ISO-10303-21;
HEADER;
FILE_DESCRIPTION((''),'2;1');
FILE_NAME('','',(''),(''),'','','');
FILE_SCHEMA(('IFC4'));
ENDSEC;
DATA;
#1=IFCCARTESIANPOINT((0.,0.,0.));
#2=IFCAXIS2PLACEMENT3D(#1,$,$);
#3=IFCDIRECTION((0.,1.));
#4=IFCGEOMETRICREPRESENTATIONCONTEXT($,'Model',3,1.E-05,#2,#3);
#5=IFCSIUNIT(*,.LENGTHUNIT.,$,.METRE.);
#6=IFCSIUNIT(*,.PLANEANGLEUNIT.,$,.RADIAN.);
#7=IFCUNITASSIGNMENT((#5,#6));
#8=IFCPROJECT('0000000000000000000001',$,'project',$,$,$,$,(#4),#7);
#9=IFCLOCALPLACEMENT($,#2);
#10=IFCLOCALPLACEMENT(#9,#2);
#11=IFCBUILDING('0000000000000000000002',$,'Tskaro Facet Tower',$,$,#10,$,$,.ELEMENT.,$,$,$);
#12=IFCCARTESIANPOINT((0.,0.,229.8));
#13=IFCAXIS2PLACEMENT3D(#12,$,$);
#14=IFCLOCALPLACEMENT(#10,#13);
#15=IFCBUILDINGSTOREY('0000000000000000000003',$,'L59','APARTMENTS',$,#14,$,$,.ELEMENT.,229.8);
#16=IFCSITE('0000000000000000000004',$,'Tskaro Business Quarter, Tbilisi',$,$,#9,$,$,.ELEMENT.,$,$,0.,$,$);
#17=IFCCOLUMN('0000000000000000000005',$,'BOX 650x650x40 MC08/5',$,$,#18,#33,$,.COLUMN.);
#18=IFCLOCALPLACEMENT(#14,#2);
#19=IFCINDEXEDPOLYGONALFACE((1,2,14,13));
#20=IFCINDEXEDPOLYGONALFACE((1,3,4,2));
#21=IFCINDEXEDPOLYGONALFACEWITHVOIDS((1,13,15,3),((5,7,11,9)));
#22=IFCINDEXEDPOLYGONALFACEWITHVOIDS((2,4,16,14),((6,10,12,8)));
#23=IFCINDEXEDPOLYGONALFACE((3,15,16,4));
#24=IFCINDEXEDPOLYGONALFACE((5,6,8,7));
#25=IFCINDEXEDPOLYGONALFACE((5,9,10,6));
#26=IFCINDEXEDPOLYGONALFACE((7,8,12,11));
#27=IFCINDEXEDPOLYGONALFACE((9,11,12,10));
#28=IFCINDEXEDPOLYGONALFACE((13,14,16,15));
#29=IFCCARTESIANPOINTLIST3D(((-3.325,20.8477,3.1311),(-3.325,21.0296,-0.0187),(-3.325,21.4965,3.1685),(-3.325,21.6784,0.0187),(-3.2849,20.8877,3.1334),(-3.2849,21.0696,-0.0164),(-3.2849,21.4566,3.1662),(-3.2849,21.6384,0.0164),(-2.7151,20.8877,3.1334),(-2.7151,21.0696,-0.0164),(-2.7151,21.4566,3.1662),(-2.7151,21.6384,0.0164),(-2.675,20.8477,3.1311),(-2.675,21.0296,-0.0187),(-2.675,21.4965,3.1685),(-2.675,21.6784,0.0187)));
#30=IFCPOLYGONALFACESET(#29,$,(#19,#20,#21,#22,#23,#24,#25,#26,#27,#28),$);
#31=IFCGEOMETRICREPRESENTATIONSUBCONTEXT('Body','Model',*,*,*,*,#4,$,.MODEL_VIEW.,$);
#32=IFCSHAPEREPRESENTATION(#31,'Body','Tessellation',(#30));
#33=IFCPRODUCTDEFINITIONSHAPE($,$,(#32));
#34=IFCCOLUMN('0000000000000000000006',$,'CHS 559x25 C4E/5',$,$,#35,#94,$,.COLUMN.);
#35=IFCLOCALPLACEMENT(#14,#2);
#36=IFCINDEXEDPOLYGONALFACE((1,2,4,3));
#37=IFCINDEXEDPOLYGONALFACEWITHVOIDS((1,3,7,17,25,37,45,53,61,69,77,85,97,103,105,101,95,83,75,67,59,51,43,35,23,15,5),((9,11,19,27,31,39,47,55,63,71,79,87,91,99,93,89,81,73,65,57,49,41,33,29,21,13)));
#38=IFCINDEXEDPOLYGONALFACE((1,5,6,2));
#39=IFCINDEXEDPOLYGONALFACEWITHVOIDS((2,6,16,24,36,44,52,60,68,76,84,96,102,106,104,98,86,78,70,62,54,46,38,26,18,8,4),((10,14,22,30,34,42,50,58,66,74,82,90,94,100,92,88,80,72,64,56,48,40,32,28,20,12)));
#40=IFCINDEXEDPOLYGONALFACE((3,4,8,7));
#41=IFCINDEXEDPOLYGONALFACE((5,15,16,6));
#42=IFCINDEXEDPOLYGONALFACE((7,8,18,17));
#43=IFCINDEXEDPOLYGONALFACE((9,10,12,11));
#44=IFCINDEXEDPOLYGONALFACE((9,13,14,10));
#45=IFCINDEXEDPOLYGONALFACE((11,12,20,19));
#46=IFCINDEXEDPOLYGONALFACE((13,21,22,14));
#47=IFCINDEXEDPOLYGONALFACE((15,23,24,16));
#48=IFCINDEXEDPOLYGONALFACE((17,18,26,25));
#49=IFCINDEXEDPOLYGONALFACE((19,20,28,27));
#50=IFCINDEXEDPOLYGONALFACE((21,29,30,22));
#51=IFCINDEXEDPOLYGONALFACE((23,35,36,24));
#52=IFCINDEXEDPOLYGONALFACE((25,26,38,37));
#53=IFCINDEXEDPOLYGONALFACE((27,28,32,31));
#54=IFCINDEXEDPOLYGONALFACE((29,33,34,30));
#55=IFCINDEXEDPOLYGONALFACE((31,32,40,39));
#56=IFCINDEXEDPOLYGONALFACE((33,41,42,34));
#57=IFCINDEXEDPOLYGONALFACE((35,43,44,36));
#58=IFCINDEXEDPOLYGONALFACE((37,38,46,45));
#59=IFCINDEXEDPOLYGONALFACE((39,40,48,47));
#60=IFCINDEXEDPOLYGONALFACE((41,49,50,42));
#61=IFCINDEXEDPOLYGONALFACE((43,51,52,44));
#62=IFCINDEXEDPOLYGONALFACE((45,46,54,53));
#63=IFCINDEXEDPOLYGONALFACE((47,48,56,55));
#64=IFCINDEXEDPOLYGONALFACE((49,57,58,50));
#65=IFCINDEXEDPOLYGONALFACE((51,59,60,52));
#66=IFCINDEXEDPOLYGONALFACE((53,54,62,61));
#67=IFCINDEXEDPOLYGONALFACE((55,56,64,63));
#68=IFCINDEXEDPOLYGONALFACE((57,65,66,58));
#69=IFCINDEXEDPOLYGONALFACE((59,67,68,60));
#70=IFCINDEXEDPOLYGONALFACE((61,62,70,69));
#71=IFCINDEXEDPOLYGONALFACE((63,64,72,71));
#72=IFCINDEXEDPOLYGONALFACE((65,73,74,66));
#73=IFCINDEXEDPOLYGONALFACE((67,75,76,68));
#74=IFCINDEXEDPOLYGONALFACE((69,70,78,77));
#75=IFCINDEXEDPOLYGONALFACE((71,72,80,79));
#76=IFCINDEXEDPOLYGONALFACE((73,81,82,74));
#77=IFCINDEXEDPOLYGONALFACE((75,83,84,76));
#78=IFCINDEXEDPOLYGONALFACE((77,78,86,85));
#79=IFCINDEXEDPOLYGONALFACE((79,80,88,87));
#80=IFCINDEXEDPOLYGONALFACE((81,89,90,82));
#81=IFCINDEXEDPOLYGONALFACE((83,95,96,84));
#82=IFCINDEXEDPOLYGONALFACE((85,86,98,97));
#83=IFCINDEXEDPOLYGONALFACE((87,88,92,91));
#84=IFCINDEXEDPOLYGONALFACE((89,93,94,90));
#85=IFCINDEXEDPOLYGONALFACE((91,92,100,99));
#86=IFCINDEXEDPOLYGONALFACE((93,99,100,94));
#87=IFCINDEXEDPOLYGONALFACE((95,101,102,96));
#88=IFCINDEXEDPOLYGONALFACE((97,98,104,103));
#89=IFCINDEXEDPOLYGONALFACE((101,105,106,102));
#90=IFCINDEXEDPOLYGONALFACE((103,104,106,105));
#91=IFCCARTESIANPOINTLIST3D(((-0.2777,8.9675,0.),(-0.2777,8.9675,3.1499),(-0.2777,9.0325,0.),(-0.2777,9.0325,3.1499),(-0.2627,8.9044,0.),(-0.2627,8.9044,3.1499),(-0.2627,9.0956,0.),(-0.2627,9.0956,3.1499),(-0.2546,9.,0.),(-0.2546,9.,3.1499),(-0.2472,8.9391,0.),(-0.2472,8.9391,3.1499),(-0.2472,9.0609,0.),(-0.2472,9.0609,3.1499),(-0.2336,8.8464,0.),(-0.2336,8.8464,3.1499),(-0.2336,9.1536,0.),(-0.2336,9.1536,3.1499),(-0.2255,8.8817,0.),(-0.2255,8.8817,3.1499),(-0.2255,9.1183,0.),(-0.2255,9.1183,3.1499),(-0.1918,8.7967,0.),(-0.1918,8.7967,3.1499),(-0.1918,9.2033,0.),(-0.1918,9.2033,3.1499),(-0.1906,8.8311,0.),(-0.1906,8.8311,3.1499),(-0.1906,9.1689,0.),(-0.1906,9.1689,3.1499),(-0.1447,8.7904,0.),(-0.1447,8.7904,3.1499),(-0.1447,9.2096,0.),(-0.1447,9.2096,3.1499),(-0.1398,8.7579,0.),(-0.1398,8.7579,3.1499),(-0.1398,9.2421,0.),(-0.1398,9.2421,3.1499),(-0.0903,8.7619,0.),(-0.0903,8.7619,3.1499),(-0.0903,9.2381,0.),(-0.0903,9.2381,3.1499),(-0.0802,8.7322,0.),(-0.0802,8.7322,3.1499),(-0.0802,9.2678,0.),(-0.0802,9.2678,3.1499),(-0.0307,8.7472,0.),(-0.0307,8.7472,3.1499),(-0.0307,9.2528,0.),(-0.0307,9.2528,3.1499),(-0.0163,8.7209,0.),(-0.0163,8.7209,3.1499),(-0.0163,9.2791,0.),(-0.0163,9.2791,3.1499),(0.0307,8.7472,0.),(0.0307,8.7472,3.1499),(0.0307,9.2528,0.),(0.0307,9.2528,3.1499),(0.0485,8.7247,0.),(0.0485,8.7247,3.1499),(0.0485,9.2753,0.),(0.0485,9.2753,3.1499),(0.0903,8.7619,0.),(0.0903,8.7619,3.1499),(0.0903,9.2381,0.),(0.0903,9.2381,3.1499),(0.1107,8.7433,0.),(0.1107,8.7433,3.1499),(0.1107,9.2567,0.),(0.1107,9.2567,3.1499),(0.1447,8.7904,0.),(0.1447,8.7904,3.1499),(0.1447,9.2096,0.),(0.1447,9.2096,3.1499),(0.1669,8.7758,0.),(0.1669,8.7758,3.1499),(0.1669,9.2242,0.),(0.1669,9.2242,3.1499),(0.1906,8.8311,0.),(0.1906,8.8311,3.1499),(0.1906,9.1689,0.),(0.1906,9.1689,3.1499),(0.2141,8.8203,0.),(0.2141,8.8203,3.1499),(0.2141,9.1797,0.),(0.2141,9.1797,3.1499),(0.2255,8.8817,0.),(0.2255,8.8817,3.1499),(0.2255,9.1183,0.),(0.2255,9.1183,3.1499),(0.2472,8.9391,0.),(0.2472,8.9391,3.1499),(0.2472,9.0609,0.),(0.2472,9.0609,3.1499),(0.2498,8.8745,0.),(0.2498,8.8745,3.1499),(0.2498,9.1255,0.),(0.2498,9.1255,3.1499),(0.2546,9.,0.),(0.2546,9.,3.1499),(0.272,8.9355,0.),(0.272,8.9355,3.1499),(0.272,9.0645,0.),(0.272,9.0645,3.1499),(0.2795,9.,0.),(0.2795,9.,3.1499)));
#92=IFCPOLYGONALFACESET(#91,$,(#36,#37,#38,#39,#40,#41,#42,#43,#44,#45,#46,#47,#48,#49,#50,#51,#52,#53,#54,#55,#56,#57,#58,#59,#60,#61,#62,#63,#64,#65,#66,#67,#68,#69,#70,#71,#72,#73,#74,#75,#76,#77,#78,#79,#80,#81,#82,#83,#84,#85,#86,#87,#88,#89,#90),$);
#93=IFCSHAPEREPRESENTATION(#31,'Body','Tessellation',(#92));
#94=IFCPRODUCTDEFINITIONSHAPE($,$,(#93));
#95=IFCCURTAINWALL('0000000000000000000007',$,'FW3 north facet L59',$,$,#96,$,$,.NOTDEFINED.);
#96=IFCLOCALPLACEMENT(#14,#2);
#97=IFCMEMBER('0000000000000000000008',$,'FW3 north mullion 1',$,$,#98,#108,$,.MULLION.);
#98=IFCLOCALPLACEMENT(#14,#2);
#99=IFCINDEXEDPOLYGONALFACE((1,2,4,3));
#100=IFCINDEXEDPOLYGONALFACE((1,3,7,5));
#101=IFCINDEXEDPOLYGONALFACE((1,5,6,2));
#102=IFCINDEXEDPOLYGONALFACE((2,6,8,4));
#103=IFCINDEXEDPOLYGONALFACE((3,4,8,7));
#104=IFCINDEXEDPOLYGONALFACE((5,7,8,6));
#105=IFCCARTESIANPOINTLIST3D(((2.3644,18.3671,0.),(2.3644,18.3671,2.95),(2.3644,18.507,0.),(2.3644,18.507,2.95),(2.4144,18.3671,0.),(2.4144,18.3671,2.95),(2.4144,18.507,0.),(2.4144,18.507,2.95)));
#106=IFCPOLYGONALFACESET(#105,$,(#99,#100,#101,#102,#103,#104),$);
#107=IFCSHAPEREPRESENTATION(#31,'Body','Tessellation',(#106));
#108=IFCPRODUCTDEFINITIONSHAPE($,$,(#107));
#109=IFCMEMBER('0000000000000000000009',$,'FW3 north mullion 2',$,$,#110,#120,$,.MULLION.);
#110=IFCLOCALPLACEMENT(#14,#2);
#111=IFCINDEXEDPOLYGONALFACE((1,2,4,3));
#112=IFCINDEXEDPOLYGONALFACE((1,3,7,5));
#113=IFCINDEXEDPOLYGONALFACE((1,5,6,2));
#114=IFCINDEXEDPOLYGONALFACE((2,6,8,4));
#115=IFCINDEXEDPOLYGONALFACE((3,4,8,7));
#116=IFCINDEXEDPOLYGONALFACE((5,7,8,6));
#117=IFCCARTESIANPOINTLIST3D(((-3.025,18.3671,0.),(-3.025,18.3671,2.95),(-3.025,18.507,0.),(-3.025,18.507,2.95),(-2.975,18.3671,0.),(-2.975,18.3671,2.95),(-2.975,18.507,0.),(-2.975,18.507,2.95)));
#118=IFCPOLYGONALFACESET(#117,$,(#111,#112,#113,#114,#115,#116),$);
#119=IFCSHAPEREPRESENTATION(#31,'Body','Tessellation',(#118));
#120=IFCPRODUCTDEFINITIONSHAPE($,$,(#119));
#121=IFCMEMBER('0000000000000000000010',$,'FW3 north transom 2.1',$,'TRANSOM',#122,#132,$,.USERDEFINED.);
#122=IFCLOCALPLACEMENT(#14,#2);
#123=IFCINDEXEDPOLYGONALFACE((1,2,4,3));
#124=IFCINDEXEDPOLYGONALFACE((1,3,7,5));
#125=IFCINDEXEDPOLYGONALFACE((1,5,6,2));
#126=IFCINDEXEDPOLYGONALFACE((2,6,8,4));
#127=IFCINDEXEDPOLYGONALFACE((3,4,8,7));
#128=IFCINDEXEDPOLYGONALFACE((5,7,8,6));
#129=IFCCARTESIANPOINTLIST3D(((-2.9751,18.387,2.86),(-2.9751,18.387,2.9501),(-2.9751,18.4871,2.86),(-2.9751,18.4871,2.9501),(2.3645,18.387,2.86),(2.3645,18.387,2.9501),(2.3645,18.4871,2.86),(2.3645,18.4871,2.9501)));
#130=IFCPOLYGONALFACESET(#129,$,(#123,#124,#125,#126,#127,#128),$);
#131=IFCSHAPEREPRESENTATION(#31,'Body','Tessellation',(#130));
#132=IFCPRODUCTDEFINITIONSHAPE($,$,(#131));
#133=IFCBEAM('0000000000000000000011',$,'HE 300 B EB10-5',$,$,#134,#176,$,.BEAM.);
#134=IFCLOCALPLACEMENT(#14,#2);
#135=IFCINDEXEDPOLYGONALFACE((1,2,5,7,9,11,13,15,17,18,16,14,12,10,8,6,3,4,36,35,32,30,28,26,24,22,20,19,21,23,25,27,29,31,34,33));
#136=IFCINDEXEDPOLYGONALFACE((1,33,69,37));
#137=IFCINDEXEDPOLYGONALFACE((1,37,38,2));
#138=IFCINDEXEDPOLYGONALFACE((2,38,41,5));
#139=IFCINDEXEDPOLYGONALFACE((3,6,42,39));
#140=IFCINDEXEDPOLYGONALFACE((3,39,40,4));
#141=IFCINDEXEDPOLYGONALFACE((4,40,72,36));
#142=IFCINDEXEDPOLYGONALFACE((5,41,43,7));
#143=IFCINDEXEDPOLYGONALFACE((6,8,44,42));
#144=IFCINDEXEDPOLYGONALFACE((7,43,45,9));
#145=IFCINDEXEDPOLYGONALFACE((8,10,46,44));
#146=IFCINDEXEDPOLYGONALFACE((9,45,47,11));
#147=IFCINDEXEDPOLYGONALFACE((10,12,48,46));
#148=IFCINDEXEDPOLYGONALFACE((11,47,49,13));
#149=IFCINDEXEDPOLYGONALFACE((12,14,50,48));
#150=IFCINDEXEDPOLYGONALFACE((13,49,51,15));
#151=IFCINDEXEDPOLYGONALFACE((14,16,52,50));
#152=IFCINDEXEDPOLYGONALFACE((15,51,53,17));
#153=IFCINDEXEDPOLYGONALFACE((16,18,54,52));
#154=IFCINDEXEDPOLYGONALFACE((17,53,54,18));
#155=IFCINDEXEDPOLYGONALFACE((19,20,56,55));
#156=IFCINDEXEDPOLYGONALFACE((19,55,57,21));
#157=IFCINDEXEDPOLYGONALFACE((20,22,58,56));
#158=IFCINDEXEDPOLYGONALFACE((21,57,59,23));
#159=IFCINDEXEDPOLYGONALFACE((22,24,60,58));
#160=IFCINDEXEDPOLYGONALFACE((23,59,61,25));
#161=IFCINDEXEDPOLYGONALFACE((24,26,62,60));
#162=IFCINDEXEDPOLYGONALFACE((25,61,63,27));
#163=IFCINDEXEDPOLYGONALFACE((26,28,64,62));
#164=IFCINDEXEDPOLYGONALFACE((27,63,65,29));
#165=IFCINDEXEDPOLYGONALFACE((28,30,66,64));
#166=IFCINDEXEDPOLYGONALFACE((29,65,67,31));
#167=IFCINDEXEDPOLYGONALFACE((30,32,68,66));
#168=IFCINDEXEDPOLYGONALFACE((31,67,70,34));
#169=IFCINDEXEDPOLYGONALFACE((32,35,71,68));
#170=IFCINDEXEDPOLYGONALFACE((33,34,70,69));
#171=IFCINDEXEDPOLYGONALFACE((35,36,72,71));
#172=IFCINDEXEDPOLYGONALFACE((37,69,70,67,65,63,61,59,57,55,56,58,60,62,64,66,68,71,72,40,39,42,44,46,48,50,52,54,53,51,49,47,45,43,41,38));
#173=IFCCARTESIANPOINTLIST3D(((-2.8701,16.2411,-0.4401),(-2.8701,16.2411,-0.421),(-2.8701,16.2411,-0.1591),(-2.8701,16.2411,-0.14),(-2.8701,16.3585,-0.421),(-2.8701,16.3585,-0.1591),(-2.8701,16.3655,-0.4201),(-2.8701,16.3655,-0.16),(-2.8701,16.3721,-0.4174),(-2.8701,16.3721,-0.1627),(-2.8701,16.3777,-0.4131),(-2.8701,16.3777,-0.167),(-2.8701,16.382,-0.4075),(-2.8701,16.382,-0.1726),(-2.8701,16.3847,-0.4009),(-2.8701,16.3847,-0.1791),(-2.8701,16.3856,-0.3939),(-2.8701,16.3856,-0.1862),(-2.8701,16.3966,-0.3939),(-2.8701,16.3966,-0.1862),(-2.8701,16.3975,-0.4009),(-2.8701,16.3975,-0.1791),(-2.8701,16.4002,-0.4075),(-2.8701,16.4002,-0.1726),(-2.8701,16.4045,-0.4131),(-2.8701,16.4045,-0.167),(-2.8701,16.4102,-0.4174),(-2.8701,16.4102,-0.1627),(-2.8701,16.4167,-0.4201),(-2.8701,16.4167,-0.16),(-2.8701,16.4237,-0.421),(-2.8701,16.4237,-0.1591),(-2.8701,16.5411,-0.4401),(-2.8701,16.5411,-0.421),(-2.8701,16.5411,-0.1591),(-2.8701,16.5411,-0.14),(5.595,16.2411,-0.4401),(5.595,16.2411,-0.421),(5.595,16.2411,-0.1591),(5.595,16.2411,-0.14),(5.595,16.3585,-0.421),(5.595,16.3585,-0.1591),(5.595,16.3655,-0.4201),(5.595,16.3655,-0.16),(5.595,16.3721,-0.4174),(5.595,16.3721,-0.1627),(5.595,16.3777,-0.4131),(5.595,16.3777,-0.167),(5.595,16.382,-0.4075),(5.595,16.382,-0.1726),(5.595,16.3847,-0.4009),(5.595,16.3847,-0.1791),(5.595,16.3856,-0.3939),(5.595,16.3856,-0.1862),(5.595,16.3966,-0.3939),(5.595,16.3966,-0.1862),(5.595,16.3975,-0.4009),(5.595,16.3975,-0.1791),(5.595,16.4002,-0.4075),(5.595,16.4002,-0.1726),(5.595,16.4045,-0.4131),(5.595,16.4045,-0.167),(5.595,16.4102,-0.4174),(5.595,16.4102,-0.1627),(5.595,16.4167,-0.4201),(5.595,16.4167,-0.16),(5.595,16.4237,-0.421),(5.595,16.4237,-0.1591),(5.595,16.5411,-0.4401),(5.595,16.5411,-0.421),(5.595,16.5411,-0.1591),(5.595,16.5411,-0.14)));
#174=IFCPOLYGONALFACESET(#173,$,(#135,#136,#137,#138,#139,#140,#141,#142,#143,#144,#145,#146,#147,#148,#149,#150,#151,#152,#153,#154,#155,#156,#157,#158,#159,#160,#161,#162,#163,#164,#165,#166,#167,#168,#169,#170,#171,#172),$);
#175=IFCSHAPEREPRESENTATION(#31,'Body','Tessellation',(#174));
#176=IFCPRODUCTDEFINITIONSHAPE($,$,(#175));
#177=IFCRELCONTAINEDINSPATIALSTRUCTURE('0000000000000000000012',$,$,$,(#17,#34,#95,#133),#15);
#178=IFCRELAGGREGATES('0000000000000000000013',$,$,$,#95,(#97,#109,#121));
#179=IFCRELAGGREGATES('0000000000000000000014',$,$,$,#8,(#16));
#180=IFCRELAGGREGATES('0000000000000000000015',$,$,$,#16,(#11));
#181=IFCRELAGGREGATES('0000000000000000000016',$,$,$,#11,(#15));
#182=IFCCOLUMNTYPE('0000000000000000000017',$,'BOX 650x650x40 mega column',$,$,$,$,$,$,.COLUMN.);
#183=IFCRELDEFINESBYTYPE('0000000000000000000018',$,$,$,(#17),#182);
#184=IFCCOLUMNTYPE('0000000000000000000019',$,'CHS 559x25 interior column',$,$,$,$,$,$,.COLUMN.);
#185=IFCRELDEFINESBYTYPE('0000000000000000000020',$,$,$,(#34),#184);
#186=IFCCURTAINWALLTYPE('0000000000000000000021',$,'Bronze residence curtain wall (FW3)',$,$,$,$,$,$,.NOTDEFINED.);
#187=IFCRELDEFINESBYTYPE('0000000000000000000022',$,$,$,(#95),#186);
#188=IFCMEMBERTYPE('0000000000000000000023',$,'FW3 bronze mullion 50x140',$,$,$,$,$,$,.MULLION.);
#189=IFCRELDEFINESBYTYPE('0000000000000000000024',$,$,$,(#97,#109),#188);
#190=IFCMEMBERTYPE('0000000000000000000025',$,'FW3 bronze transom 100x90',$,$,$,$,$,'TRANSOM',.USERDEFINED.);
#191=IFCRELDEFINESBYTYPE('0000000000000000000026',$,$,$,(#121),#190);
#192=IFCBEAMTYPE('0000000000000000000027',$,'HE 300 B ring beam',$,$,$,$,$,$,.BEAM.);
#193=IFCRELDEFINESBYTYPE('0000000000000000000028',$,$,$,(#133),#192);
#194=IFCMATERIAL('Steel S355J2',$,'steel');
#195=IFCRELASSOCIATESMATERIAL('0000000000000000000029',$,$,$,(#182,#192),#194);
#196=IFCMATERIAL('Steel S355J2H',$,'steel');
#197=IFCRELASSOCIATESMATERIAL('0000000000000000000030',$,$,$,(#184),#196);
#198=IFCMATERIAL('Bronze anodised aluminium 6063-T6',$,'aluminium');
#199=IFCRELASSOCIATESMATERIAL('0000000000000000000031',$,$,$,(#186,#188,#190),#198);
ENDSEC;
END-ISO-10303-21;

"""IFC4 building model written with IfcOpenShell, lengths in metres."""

from ifc_helpers import new_model, si_unit, direction, frame, origin, origin_2d, place, context, subcontext, project, spatial, rectangle, hollow_rectangle, hollow_circle, i_section, extrude, material, material_profile, profile_set, type_object, element, aggregate, save


model = new_model("IFC4")

# Units and contexts
model_context = context("Model", 3, precision=1e-05, world=origin(), true_north=direction((0.0, 1.0)))
body_context = subcontext(model_context, "Body", "Model", "MODEL_VIEW")
ifc_project = project(units=[si_unit("LENGTHUNIT", "METRE"), si_unit("PLANEANGLEUNIT", "RADIAN")], contexts=[model_context])

# Site, building, storey
site_placement = place(None, origin())
site = spatial("IfcSite", under=ifc_project, at=site_placement, Name="Tskaro Business Quarter, Tbilisi", CompositionType="ELEMENT", RefElevation=0.0)
building_placement = place(site_placement, origin())
building = spatial("IfcBuilding", under=site, at=building_placement, Name="Tskaro Facet Tower", CompositionType="ELEMENT")
storey_placement = place(building_placement, frame((0.0, 0.0, 229.8)))
storey = spatial("IfcBuildingStorey", under=building, at=storey_placement, Name="L59", Description="APARTMENTS", CompositionType="ELEMENT", Elevation=229.8)

# Columns
ifc_material_1 = material(Name="Steel S355J2", Category="steel")
ifc_material_profile_1 = material_profile(ifc_material_1, hollow_rectangle(XDim=0.6499, YDim=0.6499, WallThickness=0.04, at=origin_2d()), Name="BOX 650x650x40")
ifc_profile_set_1 = profile_set([ifc_material_profile_1], Name="Steel S355J2")
column_type_1 = type_object("IfcColumnType", Name="BOX 650x650x40 mega column", PredefinedType="COLUMN", material=ifc_profile_set_1)
column_1_placement = place(storey_placement, frame((-3.0, 21.354, 0.0), z_axis=(0.0, -0.057647, 0.998337), x_axis=(1.0, 0.0, 0.0)))
element("IfcColumn", 1, at=column_1_placement, inside=storey, type_object=column_type_1, Name="BOX 650x650x40 MC08/5", PredefinedType="COLUMN", context=body_context, shape_type="SweptSolid", body=[
    extrude(hollow_rectangle(XDim=0.6499, YDim=0.6499, WallThickness=0.04, at=origin_2d()), origin(), (0.0, 0.0, 1.0), 3.155),
])
ifc_material_2 = material(Name="Steel S355J2H", Category="steel")
ifc_material_profile_2 = material_profile(ifc_material_2, hollow_circle(Radius=0.2795, WallThickness=0.0249, at=origin_2d()), Name="CHS 559x25")
ifc_profile_set_2 = profile_set([ifc_material_profile_2], Name="Steel S355J2H")
column_type_2 = type_object("IfcColumnType", Name="CHS 559x25 interior column", PredefinedType="COLUMN", material=ifc_profile_set_2)
column_2_placement = place(storey_placement, frame((0.0, 9.0, 0.0), z_axis=(0.0, 0.0, 1.0), x_axis=(1.0, 0.0, 0.0)))
element("IfcColumn", 2, at=column_2_placement, inside=storey, type_object=column_type_2, Name="CHS 559x25 C4E/5", PredefinedType="COLUMN", context=body_context, shape_type="SweptSolid", body=[
    extrude(hollow_circle(Radius=0.2795, WallThickness=0.0249, at=origin_2d()), origin(), (0.0, 0.0, 1.0), 3.1499),
])

# Curtain wall, members
ifc_material_3 = material(Name="Bronze anodised aluminium 6063-T6", Category="aluminium")
curtain_wall_type = type_object("IfcCurtainWallType", Name="Bronze residence curtain wall (FW3)", PredefinedType="NOTDEFINED", material=ifc_material_3)
curtain_wall_placement = place(storey_placement, origin())
curtain_wall = element("IfcCurtainWall", 3, at=curtain_wall_placement, inside=storey, type_object=curtain_wall_type, Name="FW3 north facet L59", PredefinedType="NOTDEFINED")
ifc_material_profile_3 = material_profile(ifc_material_3, rectangle(XDim=0.05, YDim=0.1399, at=origin_2d()), Name="Mullion 50x140")
ifc_profile_set_3 = profile_set([ifc_material_profile_3], Name="Bronze anodised aluminium 6063-T6")
member_type_1 = type_object("IfcMemberType", Name="FW3 bronze mullion 50x140", PredefinedType="MULLION", material=ifc_profile_set_3)
member_1_placement = place(storey_placement, frame((2.3894, 18.437, 0.0), z_axis=(0.0, 0.0, 1.0), x_axis=(-1.0, 0.0, 0.0)))
member_1 = element("IfcMember", 4, at=member_1_placement, type_object=member_type_1, Name="FW3 north mullion 1", PredefinedType="MULLION", context=body_context, shape_type="SweptSolid", body=[
    extrude(rectangle(XDim=0.05, YDim=0.1399, at=origin_2d()), origin(), (0.0, 0.0, 1.0), 2.95),
])
member_2_placement = place(storey_placement, frame((-3.0, 18.437, 0.0), z_axis=(0.0, 0.0, 1.0), x_axis=(-1.0, 0.0, 0.0)))
member_2 = element("IfcMember", 5, at=member_2_placement, type_object=member_type_1, Name="FW3 north mullion 2", PredefinedType="MULLION", context=body_context, shape_type="SweptSolid", body=[
    extrude(rectangle(XDim=0.05, YDim=0.1399, at=origin_2d()), origin(), (0.0, 0.0, 1.0), 2.95),
])
ifc_material_profile_4 = material_profile(ifc_material_3, rectangle(XDim=0.1001, YDim=0.0901, at=origin_2d()), Name="Transom 100x90")
ifc_profile_set_4 = profile_set([ifc_material_profile_4], Name="Bronze anodised aluminium 6063-T6")
member_type_2 = type_object("IfcMemberType", Name="FW3 bronze transom 100x90", ElementType="TRANSOM", PredefinedType="USERDEFINED", material=ifc_profile_set_4)
member_3_placement = place(storey_placement, frame((2.3645, 18.437, 2.905), z_axis=(-1.0, 0.0, 0.0), x_axis=(0.0, -1.0, 0.0)))
member_3 = element("IfcMember", 6, at=member_3_placement, type_object=member_type_2, Name="FW3 north transom 2.1", ObjectType="TRANSOM", PredefinedType="USERDEFINED", context=body_context, shape_type="SweptSolid", body=[
    extrude(rectangle(XDim=0.1001, YDim=0.0901, at=origin_2d()), origin(), (0.0, 0.0, 1.0), 5.3396),
])

# Beam
ifc_material_profile_5 = material_profile(ifc_material_1, i_section(OverallWidth=0.3, OverallDepth=0.3, WebThickness=0.011, FlangeThickness=0.019, FilletRadius=0.0271, at=origin_2d()), Name="HE 300 B")
ifc_profile_set_5 = profile_set([ifc_material_profile_5], Name="Steel S355J2")
beam_type_1 = type_object("IfcBeamType", Name="HE 300 B ring beam", PredefinedType="BEAM", material=ifc_profile_set_5)
beam_1_placement = place(storey_placement, frame((5.595, 16.3911, -0.29), z_axis=(-1.0, 0.0, 0.0), x_axis=(0.0, -1.0, 0.0)))
element("IfcBeam", 7, at=beam_1_placement, inside=storey, type_object=beam_type_1, Name="HE 300 B EB10-5", PredefinedType="BEAM", context=body_context, shape_type="SweptSolid", body=[
    extrude(i_section(OverallWidth=0.3, OverallDepth=0.3, WebThickness=0.011, FlangeThickness=0.019, FilletRadius=0.0271, at=origin_2d()), origin(), (0.0, 0.0, 1.0), 8.4651),
])

aggregate(curtain_wall, [member_1, member_2, member_3])

save(model, "model.ifc")
